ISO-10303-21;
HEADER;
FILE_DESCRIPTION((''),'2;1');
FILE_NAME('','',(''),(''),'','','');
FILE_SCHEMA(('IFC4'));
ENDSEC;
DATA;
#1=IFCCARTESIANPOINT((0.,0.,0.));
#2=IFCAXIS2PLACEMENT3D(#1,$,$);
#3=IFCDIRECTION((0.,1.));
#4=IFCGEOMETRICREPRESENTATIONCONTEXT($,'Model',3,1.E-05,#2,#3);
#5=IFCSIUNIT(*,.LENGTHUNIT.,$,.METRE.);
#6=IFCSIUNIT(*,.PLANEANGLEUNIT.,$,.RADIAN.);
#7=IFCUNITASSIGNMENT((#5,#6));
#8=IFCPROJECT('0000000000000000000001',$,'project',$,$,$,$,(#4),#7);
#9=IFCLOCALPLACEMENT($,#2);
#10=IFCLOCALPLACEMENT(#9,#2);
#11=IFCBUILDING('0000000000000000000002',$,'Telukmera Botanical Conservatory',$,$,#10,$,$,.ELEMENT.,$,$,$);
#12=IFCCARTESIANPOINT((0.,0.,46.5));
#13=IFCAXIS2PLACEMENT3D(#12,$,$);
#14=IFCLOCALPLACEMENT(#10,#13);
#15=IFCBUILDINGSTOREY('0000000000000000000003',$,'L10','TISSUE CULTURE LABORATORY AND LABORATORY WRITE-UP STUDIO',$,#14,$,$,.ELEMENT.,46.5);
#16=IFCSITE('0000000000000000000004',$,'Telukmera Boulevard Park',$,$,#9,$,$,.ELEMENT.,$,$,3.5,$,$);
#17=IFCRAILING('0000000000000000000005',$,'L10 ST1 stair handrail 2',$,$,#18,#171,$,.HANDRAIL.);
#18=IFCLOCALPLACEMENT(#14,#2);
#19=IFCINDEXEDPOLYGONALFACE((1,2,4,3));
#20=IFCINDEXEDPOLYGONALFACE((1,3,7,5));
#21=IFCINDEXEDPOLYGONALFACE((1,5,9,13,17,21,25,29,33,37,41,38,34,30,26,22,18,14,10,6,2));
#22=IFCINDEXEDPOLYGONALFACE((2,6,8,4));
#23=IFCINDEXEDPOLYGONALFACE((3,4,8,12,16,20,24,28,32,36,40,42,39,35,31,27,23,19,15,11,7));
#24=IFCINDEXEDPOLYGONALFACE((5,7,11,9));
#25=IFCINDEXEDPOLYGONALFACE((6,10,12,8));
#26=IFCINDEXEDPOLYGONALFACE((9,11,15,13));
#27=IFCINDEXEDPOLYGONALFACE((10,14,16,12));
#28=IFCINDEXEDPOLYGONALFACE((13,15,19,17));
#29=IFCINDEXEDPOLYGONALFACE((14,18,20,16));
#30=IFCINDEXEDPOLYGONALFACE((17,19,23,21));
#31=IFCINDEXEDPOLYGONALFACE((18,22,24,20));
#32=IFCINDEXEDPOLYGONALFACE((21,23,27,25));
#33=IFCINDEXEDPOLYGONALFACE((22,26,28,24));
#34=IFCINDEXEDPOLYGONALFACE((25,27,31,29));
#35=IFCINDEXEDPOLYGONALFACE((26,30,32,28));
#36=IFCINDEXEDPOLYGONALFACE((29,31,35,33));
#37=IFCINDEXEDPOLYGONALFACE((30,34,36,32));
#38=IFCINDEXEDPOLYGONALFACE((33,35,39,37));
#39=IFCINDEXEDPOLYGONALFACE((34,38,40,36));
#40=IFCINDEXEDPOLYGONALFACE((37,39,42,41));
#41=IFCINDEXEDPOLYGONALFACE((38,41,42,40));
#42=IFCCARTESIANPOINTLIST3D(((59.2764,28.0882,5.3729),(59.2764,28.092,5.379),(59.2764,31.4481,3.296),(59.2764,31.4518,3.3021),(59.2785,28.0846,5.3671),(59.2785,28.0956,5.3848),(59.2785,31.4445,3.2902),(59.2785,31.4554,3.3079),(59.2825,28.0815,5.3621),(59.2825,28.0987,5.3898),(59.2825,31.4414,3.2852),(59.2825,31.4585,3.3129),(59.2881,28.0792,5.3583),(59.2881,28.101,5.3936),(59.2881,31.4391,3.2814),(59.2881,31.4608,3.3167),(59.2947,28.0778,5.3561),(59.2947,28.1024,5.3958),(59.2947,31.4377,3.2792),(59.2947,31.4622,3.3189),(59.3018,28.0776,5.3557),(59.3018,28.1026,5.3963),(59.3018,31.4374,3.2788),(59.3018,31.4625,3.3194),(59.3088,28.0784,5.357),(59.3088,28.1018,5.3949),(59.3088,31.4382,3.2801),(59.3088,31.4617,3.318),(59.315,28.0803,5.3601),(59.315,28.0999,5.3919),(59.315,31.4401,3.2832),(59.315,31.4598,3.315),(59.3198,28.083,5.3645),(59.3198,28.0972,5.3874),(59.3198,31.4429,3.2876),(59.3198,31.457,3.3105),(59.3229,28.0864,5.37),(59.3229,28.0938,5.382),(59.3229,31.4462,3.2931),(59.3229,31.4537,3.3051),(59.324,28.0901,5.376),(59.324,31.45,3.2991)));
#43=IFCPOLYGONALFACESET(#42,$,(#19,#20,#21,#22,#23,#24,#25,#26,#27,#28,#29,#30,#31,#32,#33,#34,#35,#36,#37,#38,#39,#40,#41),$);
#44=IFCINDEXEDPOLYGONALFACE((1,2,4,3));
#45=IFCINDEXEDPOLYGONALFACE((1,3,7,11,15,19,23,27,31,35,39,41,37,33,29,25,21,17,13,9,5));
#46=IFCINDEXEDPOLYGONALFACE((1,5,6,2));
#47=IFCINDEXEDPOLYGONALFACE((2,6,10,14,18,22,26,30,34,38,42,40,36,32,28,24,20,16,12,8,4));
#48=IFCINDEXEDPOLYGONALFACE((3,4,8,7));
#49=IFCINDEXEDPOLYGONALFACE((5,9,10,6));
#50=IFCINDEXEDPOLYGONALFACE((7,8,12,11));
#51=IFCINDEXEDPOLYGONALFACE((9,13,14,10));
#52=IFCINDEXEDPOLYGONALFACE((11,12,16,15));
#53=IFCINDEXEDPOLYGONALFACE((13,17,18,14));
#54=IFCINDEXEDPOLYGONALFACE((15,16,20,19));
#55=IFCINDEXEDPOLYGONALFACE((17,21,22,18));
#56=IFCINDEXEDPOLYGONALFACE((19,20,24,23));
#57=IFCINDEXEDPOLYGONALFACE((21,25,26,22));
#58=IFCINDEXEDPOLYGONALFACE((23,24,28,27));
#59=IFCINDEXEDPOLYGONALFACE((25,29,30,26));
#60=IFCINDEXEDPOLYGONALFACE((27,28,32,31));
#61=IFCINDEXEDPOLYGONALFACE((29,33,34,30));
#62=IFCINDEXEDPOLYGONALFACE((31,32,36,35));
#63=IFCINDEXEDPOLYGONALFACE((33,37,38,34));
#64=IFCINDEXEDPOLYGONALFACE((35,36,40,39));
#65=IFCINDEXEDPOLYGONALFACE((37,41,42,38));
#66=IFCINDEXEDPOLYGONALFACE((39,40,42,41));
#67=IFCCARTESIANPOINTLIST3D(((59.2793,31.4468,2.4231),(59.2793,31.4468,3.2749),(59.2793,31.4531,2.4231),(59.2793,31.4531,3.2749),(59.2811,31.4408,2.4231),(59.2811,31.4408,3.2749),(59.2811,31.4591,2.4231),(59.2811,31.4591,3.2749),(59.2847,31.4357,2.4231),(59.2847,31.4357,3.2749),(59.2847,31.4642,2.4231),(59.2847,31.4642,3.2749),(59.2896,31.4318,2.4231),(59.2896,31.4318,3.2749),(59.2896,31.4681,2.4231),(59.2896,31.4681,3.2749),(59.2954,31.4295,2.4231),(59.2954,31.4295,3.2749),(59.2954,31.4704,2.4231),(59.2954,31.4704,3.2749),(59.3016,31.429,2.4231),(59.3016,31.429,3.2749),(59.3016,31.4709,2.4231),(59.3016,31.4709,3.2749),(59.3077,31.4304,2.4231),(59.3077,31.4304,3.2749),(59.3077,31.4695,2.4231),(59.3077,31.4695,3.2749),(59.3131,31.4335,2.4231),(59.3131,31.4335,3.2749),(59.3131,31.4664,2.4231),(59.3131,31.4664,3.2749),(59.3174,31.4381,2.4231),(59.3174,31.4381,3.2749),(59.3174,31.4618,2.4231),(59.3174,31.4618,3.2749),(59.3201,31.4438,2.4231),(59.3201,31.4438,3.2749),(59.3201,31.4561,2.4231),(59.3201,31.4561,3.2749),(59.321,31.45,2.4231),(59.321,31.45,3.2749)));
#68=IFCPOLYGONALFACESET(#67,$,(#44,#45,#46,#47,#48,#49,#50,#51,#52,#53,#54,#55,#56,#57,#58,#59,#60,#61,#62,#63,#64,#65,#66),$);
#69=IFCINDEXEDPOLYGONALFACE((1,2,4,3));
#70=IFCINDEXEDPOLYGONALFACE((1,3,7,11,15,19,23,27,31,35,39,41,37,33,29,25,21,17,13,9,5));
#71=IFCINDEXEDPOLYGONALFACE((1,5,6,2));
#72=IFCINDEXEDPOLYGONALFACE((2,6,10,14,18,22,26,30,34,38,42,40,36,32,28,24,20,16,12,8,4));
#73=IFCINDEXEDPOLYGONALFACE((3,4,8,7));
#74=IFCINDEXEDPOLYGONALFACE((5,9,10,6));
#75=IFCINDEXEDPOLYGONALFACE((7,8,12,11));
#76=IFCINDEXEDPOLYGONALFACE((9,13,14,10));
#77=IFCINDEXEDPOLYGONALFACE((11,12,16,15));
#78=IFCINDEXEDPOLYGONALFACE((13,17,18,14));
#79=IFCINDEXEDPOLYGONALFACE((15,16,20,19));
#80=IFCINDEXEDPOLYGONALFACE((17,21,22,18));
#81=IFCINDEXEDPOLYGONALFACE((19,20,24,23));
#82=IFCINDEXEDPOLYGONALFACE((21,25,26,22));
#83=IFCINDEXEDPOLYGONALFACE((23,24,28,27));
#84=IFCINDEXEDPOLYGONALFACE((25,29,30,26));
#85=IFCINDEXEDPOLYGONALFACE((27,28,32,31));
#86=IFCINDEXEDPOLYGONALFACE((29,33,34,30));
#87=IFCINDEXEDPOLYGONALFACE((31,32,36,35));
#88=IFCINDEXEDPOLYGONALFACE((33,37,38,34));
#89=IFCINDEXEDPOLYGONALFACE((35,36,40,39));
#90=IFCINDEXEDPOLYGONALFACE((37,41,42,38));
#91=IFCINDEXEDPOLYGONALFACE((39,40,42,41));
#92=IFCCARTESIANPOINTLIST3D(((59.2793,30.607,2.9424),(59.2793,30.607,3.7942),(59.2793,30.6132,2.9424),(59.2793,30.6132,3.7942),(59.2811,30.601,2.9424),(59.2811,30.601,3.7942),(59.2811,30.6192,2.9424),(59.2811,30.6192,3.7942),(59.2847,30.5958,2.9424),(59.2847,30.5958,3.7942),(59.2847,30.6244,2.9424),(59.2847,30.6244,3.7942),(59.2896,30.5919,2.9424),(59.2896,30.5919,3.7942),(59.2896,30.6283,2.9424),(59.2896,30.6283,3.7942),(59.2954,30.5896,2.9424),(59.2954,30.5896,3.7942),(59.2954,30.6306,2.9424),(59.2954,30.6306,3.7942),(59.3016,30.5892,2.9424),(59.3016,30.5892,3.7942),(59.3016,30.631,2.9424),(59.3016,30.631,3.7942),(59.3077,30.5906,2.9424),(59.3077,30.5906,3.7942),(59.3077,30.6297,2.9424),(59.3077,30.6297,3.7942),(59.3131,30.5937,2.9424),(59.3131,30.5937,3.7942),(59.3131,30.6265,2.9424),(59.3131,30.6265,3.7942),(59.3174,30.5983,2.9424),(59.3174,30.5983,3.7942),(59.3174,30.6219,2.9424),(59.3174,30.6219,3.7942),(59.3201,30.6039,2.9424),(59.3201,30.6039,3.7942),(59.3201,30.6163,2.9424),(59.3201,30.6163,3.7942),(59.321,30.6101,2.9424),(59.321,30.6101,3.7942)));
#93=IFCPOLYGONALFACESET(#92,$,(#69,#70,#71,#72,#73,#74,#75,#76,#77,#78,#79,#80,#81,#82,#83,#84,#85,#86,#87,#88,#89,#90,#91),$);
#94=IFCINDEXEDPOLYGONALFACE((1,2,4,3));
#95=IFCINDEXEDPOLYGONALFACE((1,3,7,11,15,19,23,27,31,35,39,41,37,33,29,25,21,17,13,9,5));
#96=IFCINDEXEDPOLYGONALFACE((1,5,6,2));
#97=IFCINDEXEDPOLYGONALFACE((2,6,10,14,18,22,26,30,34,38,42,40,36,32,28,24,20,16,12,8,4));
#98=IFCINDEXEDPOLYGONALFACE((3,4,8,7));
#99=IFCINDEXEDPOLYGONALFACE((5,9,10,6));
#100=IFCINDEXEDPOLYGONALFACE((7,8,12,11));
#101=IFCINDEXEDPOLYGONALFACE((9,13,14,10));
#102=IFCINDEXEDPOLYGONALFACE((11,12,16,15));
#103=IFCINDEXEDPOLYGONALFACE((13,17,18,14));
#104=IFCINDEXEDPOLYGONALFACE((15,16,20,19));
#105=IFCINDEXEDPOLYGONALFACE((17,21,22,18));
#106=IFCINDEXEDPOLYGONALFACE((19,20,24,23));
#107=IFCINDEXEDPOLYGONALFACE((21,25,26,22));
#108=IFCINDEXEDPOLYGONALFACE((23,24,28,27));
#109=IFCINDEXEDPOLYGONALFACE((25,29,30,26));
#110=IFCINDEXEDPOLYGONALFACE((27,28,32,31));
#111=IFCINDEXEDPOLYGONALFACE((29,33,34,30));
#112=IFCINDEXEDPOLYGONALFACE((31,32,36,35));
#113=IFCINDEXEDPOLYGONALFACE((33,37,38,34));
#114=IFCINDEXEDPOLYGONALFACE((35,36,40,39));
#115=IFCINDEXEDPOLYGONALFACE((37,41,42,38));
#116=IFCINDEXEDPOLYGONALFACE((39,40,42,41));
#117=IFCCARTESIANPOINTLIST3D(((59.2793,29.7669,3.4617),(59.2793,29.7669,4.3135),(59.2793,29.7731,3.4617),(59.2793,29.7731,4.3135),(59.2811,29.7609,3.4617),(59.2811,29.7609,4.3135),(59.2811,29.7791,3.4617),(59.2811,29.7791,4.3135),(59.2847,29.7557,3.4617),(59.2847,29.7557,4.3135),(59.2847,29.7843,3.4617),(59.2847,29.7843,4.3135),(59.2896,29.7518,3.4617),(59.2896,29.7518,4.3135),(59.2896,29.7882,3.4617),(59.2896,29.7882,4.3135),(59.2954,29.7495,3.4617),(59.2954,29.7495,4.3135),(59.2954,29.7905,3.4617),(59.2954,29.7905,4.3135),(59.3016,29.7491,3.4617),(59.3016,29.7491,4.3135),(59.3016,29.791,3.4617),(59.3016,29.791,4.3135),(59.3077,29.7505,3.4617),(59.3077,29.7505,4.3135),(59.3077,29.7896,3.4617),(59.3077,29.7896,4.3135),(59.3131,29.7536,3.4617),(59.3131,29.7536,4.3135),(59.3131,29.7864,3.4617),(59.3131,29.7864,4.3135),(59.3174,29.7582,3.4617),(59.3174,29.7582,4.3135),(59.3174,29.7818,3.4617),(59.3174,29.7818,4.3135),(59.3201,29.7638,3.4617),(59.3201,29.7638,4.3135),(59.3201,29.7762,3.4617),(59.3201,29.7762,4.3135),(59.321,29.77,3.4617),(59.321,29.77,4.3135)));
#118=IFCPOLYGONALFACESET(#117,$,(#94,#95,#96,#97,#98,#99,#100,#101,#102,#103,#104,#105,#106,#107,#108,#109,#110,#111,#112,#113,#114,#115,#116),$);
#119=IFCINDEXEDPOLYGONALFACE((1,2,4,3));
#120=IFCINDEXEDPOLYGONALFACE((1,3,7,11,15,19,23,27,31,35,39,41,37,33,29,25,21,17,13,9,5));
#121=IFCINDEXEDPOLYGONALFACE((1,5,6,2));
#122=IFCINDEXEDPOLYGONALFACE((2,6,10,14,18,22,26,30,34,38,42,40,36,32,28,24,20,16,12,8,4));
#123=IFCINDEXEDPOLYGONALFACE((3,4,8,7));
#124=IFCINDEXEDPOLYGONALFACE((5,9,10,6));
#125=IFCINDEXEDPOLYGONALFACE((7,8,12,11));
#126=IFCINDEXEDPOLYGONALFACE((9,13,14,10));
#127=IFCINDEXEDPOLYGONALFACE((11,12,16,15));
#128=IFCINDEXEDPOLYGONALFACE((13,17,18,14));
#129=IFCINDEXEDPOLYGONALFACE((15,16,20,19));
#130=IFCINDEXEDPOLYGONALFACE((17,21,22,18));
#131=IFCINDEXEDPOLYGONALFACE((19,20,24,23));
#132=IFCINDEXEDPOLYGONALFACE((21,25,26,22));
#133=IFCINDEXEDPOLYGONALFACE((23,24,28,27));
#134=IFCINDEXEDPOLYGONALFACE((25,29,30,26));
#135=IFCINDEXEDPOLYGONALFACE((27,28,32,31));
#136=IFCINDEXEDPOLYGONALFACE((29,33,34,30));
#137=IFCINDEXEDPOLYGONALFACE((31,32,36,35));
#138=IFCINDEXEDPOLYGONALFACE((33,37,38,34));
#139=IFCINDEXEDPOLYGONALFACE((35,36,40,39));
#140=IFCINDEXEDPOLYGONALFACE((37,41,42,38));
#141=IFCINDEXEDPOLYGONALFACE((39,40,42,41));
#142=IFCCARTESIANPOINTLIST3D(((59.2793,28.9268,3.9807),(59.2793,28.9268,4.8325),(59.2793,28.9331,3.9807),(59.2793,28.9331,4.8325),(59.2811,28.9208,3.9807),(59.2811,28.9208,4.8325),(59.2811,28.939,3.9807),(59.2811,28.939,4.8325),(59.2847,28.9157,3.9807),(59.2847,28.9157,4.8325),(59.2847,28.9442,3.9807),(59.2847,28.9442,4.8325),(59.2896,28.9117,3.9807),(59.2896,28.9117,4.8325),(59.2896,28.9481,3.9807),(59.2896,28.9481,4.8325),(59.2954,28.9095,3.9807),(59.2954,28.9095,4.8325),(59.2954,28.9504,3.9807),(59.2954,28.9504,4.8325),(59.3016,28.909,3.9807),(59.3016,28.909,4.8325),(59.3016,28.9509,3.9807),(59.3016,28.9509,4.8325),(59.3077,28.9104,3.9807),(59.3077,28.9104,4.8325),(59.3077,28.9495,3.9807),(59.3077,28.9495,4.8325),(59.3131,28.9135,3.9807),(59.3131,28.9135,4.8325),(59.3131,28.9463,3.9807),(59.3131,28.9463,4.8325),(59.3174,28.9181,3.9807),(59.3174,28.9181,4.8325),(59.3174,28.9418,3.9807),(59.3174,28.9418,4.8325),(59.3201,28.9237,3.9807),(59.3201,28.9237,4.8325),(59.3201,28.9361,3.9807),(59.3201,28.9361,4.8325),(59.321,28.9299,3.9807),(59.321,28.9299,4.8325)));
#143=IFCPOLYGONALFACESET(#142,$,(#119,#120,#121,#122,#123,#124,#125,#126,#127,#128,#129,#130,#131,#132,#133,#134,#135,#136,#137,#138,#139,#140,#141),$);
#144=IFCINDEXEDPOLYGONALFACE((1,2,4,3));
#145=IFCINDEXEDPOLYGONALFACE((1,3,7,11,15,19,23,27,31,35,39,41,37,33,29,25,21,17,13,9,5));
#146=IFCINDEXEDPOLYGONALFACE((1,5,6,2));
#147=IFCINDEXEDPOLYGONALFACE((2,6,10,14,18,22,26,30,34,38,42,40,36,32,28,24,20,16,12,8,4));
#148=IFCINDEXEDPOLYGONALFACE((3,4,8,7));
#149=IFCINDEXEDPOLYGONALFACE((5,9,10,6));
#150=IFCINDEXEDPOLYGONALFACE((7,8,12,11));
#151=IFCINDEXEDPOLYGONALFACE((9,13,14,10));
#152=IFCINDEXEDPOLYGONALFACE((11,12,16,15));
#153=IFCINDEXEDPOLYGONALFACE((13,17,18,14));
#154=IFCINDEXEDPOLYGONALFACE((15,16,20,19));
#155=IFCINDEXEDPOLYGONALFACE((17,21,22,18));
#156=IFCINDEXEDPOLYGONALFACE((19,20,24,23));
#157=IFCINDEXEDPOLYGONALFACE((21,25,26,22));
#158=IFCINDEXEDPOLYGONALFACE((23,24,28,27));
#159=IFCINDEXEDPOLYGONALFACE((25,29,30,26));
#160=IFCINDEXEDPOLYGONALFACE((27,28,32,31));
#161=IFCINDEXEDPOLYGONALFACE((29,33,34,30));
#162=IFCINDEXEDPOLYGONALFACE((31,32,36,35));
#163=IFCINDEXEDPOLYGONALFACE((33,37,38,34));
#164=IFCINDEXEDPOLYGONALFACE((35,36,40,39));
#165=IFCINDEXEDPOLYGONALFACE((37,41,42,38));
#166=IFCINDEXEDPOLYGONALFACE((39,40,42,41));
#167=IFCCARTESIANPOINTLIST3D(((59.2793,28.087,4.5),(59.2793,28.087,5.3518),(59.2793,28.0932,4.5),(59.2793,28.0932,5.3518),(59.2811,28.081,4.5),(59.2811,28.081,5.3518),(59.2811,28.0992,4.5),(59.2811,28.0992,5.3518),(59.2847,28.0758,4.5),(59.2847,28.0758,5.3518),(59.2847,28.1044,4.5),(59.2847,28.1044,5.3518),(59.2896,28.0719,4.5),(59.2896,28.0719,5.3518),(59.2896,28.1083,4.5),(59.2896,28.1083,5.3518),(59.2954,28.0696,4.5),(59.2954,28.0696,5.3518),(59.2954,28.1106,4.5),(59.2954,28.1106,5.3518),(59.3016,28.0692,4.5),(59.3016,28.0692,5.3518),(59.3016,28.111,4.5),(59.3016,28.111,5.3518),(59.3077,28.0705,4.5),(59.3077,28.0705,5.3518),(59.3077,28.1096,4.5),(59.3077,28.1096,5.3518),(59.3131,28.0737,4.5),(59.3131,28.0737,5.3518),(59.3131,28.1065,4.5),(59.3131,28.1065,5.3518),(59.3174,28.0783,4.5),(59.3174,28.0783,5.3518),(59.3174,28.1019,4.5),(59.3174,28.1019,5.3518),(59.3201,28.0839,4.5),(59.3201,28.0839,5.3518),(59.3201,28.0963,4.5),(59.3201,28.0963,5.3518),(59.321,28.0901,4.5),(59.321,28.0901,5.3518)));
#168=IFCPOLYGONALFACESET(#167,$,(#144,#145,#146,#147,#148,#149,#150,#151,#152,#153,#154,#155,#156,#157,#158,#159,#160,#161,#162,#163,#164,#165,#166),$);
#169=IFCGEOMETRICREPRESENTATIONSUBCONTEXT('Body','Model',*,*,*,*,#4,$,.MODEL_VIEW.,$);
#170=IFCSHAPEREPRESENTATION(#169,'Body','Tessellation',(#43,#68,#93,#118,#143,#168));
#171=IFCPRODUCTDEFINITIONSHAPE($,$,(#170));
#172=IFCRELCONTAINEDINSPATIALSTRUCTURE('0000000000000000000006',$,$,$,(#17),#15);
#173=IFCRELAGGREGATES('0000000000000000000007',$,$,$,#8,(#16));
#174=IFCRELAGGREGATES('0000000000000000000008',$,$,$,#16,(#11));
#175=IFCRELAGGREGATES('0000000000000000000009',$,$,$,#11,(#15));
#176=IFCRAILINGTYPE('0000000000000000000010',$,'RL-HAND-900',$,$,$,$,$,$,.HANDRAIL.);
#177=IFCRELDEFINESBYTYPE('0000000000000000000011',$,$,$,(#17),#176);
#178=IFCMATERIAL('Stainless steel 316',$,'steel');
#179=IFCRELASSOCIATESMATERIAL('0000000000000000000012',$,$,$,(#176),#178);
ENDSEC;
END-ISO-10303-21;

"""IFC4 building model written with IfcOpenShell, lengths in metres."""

from ifc_helpers import new_model, si_unit, direction, frame, origin, origin_2d, place, context, subcontext, project, spatial, circle, extrude, material, type_object, element, save


model = new_model("IFC4")

# Units and contexts
model_context = context("Model", 3, precision=1e-05, world=origin(), true_north=direction((0.0, 1.0)))
body_context = subcontext(model_context, "Body", "Model", "MODEL_VIEW")
ifc_project = project(units=[si_unit("LENGTHUNIT", "METRE"), si_unit("PLANEANGLEUNIT", "RADIAN")], contexts=[model_context])

# Site, building, storey
site_placement = place(None, origin())
site = spatial("IfcSite", under=ifc_project, at=site_placement, Name="Telukmera Boulevard Park", CompositionType="ELEMENT", RefElevation=3.5)
building_placement = place(site_placement, origin())
building = spatial("IfcBuilding", under=site, at=building_placement, Name="Telukmera Botanical Conservatory", CompositionType="ELEMENT")
storey_placement = place(building_placement, frame((0.0, 0.0, 46.5)))
storey = spatial("IfcBuildingStorey", under=building, at=storey_placement, Name="L10", Description="TISSUE CULTURE LABORATORY AND LABORATORY WRITE-UP STUDIO", CompositionType="ELEMENT", Elevation=46.5)

# Railing
ifc_material_1 = material(Name="Stainless steel 316", Category="steel")
railing_type_1 = type_object("IfcRailingType", Name="RL-HAND-900", PredefinedType="HANDRAIL", material=ifc_material_1)
railing_1_placement = place(storey_placement, frame((59.3, 31.45, 2.4231)))
element("IfcRailing", 1, at=railing_1_placement, inside=storey, type_object=railing_type_1, Name="L10 ST1 stair handrail 2", PredefinedType="HANDRAIL", context=body_context, shape_type="SweptSolid", body=[
    extrude(circle(Radius=0.0239, at=origin_2d()), frame((0.0, 0.0, 0.876), z_axis=(0.0, -0.850606, 0.525803), x_axis=(1.0, 0.0, 0.0)), (0.0, 0.0, 1.0), 3.95),
    extrude(circle(Radius=0.021, at=origin_2d()), origin(), (0.0, 0.0, 1.0), 0.8518),
    extrude(circle(Radius=0.021, at=origin_2d()), frame((0.0, -0.8398, 0.5193)), (0.0, 0.0, 1.0), 0.8518),
    extrude(circle(Radius=0.021, at=origin_2d()), frame((0.0, -1.6799, 1.0386)), (0.0, 0.0, 1.0), 0.8518),
    extrude(circle(Radius=0.021, at=origin_2d()), frame((0.0, -2.52, 1.5576)), (0.0, 0.0, 1.0), 0.8518),
    extrude(circle(Radius=0.021, at=origin_2d()), frame((0.0, -3.3599, 2.0769)), (0.0, 0.0, 1.0), 0.8518),
])

save(model, "model.ifc")
